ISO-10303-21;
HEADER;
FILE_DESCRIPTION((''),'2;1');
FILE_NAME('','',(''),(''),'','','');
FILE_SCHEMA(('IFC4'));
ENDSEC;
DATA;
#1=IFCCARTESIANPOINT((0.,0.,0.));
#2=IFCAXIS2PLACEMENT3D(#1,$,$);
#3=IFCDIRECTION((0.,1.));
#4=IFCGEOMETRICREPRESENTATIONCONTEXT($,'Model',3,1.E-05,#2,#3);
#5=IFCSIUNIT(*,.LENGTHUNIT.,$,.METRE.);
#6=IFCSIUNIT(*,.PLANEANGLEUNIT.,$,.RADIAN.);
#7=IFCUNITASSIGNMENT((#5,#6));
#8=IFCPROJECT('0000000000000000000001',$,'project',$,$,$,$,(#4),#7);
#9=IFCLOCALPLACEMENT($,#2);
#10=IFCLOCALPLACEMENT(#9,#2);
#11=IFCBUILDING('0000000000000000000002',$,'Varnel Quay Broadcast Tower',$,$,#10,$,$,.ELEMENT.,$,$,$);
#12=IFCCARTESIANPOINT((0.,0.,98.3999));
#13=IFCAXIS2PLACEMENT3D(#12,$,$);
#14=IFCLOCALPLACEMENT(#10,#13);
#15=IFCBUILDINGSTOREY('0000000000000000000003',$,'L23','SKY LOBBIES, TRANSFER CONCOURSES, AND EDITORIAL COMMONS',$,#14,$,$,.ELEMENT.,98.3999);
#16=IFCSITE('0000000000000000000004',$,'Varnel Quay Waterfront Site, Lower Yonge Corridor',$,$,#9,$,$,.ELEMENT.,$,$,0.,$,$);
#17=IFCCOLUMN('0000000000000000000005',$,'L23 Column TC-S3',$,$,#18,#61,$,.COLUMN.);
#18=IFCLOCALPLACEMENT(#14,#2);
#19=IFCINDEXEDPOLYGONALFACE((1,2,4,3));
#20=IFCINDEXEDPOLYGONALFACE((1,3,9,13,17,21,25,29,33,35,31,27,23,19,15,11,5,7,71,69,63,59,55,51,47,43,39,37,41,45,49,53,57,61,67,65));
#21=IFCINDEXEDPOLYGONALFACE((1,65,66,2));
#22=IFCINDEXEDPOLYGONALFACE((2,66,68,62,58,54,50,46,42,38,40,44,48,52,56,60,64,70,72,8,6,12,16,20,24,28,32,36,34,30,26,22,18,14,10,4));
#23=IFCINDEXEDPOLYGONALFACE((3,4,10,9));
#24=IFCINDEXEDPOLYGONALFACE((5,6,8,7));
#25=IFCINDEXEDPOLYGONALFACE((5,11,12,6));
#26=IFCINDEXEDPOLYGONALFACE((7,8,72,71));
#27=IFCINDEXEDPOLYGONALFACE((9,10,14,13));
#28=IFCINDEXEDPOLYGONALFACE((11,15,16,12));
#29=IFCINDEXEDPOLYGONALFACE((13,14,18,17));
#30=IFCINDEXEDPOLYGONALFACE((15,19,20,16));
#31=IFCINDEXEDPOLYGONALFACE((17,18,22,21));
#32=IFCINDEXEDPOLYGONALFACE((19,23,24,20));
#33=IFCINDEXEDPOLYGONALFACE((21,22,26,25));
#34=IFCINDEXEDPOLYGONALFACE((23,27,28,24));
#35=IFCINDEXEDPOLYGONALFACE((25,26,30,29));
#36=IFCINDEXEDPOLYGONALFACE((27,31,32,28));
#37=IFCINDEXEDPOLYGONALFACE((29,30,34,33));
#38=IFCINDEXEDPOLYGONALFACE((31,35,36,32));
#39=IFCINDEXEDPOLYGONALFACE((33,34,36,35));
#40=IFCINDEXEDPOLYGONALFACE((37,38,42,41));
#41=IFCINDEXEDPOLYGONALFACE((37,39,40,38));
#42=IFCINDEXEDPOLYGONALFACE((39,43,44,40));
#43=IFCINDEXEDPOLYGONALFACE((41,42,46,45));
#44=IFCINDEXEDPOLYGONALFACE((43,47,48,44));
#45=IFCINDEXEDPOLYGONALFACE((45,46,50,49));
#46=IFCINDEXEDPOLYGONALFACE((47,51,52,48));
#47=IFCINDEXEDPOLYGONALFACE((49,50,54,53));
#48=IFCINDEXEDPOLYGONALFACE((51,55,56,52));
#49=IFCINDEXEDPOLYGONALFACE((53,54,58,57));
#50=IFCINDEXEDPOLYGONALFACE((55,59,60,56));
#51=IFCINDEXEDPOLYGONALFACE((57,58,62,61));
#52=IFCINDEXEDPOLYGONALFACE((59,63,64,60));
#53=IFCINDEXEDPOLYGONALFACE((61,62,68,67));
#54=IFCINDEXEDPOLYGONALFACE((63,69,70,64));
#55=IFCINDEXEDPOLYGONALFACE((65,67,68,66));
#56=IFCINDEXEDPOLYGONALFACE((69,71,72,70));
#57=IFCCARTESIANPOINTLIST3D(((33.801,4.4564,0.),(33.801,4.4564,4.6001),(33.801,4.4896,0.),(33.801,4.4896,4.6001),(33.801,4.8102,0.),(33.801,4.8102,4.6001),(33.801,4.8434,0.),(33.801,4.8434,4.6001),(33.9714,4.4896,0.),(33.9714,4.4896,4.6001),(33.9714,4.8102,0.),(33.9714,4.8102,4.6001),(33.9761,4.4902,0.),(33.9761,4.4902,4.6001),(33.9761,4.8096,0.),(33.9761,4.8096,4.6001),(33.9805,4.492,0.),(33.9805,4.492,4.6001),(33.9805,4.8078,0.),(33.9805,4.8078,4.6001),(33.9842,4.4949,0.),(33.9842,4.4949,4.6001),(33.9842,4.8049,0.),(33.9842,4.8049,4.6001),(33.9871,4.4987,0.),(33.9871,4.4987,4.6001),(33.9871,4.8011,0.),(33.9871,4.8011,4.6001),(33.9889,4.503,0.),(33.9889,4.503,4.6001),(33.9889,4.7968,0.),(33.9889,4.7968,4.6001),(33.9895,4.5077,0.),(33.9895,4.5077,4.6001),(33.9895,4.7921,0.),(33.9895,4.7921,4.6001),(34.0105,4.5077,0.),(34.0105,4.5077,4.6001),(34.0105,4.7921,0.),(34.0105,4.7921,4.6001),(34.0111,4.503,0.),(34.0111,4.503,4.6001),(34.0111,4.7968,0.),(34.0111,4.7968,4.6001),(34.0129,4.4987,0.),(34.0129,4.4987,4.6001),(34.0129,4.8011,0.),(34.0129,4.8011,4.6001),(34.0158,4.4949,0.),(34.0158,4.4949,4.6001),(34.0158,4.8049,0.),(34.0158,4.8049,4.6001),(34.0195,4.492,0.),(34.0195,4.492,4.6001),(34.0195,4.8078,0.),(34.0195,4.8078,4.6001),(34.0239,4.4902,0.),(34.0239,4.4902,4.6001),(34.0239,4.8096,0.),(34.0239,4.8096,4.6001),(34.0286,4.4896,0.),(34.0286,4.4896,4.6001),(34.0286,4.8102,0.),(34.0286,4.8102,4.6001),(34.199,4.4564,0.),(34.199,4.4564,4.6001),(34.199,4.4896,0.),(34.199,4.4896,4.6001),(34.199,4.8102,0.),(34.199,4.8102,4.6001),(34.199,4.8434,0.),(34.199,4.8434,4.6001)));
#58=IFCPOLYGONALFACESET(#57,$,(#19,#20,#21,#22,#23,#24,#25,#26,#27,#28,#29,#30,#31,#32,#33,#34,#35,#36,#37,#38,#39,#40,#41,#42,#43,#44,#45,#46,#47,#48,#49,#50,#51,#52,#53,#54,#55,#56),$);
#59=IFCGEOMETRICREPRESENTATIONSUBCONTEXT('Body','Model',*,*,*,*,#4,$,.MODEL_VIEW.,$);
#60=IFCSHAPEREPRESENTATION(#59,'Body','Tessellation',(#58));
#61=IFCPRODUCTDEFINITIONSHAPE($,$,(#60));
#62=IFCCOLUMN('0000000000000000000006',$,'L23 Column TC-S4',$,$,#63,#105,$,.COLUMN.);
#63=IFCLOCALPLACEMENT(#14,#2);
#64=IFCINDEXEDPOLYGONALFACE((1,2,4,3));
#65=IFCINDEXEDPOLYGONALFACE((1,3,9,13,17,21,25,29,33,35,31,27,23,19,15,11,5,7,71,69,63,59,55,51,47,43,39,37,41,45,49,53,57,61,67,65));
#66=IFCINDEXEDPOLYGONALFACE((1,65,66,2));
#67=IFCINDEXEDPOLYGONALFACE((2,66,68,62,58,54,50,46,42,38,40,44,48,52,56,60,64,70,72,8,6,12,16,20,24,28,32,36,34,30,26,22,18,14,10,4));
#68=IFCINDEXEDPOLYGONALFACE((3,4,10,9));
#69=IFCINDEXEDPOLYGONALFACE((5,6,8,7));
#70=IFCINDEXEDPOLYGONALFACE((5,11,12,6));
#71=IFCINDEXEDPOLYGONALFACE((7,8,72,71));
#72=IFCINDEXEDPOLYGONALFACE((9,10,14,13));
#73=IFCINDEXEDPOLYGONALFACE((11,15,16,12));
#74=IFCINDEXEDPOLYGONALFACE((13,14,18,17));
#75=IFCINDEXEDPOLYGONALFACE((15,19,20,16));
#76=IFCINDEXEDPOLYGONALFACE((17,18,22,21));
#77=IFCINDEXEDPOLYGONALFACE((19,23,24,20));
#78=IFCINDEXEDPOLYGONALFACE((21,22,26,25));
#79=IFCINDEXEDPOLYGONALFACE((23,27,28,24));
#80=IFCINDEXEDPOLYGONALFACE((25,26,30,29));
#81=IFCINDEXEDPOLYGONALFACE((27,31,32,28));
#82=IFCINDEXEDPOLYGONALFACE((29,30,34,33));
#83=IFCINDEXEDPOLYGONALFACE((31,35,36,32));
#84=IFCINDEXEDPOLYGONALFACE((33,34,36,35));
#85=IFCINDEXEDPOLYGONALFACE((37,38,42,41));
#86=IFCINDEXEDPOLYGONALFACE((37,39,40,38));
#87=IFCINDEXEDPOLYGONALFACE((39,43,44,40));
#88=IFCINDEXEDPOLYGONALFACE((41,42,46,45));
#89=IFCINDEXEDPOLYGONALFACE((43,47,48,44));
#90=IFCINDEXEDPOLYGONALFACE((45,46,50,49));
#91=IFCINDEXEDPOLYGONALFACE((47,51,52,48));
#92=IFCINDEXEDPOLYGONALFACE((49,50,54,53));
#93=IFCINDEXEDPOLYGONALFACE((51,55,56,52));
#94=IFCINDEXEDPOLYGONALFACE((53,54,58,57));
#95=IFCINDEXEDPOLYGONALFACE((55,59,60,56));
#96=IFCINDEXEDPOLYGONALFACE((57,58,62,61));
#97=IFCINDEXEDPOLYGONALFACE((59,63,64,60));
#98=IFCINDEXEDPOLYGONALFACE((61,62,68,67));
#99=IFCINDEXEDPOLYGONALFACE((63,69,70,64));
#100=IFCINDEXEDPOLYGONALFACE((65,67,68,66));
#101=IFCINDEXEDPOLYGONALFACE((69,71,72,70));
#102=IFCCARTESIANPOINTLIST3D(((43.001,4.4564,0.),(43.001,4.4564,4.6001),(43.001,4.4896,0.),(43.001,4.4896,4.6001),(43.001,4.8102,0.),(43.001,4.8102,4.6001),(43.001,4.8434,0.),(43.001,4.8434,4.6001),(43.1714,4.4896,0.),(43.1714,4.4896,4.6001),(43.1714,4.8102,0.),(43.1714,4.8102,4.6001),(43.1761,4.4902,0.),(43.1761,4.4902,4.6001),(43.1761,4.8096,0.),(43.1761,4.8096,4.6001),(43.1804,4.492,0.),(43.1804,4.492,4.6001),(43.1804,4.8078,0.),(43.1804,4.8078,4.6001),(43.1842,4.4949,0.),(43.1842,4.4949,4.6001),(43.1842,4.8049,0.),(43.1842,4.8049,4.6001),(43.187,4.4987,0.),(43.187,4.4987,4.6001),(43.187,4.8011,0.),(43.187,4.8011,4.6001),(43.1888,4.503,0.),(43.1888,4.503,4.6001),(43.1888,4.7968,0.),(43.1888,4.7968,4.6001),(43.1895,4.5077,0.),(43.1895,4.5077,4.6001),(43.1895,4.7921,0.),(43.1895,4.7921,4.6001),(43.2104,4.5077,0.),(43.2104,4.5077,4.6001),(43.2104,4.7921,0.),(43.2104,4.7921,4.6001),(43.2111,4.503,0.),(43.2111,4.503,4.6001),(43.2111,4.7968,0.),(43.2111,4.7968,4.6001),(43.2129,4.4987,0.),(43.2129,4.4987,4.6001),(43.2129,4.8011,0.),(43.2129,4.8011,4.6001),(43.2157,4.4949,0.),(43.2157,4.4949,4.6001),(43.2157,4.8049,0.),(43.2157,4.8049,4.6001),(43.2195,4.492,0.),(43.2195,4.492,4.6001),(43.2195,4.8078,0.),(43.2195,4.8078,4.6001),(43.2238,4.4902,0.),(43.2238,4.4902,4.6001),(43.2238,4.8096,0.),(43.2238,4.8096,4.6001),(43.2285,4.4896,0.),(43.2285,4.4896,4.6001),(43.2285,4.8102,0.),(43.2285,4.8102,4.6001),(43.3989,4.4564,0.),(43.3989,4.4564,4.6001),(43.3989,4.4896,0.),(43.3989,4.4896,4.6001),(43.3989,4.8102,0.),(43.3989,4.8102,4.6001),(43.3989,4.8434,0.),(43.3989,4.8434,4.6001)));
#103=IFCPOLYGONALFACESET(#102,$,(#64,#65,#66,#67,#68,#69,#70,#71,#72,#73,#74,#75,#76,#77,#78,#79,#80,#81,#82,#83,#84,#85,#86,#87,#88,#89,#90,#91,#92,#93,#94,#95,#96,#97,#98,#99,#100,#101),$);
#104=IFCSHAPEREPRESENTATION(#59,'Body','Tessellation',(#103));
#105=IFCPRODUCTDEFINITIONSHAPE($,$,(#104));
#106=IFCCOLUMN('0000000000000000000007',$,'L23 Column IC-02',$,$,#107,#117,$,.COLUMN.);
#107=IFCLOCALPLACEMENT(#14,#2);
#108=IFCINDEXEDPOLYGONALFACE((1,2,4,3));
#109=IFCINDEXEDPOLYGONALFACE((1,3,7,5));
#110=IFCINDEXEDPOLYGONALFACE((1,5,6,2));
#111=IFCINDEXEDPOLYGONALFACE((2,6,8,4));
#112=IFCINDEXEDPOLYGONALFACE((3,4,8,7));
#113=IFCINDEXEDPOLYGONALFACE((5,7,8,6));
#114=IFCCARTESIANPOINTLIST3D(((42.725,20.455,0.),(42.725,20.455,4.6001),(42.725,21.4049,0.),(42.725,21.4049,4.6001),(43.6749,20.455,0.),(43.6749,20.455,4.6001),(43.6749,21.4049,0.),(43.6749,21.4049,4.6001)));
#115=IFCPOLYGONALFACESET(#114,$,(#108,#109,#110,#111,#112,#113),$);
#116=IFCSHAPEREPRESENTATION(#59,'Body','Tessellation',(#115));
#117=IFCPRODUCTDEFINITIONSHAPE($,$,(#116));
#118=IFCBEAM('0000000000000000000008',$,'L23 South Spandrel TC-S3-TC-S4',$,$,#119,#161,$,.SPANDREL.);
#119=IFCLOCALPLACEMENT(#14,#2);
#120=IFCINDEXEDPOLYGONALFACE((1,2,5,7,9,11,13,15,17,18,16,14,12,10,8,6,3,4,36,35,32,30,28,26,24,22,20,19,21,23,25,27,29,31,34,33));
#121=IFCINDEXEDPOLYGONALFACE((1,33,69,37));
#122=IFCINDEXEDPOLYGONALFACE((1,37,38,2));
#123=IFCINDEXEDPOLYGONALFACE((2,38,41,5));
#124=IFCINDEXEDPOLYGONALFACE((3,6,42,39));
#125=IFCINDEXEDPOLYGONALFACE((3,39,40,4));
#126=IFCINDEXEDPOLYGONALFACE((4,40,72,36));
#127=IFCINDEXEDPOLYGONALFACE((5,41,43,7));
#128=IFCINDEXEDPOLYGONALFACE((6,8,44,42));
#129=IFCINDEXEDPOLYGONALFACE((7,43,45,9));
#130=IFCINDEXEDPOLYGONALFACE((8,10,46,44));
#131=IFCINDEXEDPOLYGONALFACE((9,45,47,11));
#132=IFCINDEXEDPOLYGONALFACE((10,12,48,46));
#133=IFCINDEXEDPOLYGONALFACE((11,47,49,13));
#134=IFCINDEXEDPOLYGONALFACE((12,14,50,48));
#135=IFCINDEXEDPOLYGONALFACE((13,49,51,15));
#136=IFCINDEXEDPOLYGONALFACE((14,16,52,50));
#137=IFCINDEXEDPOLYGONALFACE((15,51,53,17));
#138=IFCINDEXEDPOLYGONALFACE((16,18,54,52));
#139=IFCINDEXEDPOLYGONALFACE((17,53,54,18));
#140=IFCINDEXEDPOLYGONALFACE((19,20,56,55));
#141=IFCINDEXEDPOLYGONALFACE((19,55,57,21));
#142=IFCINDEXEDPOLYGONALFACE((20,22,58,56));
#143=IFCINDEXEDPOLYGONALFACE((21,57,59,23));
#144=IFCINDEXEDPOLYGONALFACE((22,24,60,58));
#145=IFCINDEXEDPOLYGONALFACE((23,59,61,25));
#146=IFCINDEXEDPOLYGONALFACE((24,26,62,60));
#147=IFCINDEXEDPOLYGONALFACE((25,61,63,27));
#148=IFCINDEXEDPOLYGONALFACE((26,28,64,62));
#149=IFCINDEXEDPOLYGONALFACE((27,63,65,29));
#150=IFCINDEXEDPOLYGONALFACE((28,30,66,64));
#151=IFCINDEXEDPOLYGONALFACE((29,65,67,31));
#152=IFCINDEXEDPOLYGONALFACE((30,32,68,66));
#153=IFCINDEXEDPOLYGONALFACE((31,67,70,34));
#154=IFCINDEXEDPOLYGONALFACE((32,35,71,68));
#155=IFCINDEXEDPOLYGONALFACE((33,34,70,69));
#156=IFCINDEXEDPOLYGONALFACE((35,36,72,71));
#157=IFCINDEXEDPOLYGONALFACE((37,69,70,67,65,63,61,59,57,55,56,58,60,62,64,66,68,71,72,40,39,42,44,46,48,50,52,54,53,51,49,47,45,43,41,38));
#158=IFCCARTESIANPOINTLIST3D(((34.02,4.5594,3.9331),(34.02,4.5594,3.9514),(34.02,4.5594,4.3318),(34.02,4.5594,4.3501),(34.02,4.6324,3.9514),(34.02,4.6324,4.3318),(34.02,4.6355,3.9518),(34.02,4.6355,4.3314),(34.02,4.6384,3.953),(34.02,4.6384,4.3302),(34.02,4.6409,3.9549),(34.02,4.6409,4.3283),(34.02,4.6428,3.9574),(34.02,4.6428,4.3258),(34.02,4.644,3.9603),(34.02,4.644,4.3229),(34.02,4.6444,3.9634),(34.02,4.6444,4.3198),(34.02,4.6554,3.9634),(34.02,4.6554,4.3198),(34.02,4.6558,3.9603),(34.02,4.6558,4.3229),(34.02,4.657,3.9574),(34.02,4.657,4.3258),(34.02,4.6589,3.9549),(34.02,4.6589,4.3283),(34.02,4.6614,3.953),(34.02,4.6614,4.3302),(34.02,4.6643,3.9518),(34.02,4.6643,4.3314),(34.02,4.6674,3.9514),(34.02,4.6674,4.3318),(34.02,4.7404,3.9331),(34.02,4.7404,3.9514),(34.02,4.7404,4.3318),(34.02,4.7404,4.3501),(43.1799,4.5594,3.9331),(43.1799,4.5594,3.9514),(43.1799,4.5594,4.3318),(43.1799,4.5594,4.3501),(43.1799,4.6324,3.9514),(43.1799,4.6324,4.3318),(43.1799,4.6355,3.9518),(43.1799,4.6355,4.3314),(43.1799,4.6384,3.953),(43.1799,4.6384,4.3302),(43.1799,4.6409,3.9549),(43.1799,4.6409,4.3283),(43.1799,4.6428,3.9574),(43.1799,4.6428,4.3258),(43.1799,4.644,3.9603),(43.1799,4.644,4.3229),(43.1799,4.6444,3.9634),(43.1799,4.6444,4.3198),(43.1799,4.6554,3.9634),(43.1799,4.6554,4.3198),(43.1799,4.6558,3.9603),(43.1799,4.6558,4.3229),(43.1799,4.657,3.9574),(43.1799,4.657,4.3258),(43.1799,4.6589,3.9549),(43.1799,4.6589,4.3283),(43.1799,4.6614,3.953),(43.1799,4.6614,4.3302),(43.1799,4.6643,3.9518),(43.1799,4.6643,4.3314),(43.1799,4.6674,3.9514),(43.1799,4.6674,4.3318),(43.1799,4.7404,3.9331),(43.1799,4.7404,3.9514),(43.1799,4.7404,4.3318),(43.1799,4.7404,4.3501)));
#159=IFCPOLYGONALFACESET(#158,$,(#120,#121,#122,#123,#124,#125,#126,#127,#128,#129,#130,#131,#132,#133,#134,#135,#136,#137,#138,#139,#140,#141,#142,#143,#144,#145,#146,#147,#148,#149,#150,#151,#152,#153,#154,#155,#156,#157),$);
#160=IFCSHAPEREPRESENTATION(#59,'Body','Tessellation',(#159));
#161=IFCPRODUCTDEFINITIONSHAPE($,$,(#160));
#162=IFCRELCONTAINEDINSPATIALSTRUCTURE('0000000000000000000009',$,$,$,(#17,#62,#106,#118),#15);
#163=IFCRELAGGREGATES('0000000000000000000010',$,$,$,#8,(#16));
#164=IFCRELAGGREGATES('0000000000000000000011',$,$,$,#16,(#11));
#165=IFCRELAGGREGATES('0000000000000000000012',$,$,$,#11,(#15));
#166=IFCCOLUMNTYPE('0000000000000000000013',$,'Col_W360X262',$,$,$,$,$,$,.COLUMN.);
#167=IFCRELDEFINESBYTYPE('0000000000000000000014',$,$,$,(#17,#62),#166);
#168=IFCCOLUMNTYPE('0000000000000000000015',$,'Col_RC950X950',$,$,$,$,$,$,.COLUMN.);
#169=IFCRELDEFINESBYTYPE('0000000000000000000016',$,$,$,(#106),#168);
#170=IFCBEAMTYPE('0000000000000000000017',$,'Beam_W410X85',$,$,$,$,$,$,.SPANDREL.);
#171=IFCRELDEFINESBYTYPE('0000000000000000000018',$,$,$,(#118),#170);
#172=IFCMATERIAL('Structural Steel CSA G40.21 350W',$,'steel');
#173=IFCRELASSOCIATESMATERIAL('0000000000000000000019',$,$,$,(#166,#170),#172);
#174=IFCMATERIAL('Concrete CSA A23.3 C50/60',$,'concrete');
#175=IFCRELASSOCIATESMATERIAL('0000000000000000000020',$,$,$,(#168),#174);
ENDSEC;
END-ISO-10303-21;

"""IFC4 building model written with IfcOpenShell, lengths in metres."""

from ifc_helpers import new_model, si_unit, direction, frame, origin, origin_2d, place, context, subcontext, project, spatial, rectangle, i_section, extrude, source, transform, mapped, material, material_profile, profile_set, type_object, type_shapes, element, save


model = new_model("IFC4")

# Units and contexts
model_context = context("Model", 3, precision=1e-05, world=origin(), true_north=direction((0.0, 1.0)))
body_context = subcontext(model_context, "Body", "Model", "MODEL_VIEW")
ifc_project = project(units=[si_unit("LENGTHUNIT", "METRE"), si_unit("PLANEANGLEUNIT", "RADIAN")], contexts=[model_context])

# Site, building, storey
site_placement = place(None, origin())
site = spatial("IfcSite", under=ifc_project, at=site_placement, Name="Varnel Quay Waterfront Site, Lower Yonge Corridor", CompositionType="ELEMENT", RefElevation=0.0)
building_placement = place(site_placement, origin())
building = spatial("IfcBuilding", under=site, at=building_placement, Name="Varnel Quay Broadcast Tower", CompositionType="ELEMENT")
storey_placement = place(building_placement, frame((0.0, 0.0, 98.3999)))
storey = spatial("IfcBuildingStorey", under=building, at=storey_placement, Name="L23", Description="SKY LOBBIES, TRANSFER CONCOURSES, AND EDITORIAL COMMONS", CompositionType="ELEMENT", Elevation=98.3999)

# Columns
ifc_material_1 = material(Name="Structural Steel CSA G40.21 350W", Category="steel")
ifc_material_profile_1 = material_profile(ifc_material_1, i_section(OverallWidth=0.3979, OverallDepth=0.387, WebThickness=0.021, FlangeThickness=0.0332, FilletRadius=0.0181, at=origin_2d()), Name="W360X262")
ifc_profile_set_1 = profile_set([ifc_material_profile_1], Name="Structural Steel CSA G40.21 350W")
column_type_1 = type_object("IfcColumnType", Name="Col_W360X262", PredefinedType="COLUMN", material=ifc_profile_set_1)
shared_shape_1 = source(origin(), body_context, "Body", "SweptSolid", [
    extrude(i_section(OverallWidth=0.3979, OverallDepth=0.387, WebThickness=0.021, FlangeThickness=0.0332, FilletRadius=0.0181, at=origin_2d()), origin(), (0.0, 0.0, 1.0), 4.6001),
])
type_shapes(column_type_1, [shared_shape_1])
for number, where, z_axis, x_axis, name in (
    (1, (34.0, 4.6499, 0.0), (0.0, 0.0, 1.0), (1.0, 0.0, 0.0), "L23 Column TC-S3"),
    (2, (43.2, 4.6499, 0.0), (0.0, 0.0, 1.0), (1.0, 0.0, 0.0), "L23 Column TC-S4"),
):
    element("IfcColumn", number, at=place(storey_placement, frame(where, z_axis=z_axis, x_axis=x_axis)), inside=storey, type_object=column_type_1, Name=name, PredefinedType="COLUMN", context=body_context, shape_type="MappedRepresentation", body=[
        mapped(shared_shape_1, transform((0.0, 0.0, 0.0), x_axis=(1.0, 0.0, 0.0), y_axis=(0.0, 1.0, 0.0), z_axis=(0.0, 0.0, 1.0), scale=1.0)),
    ])
ifc_material_2 = material(Name="Concrete CSA A23.3 C50/60", Category="concrete")
ifc_material_profile_2 = material_profile(ifc_material_2, rectangle(XDim=0.95, YDim=0.95, at=origin_2d()), Name="RC950X950")
ifc_profile_set_2 = profile_set([ifc_material_profile_2], Name="Concrete CSA A23.3 C50/60")
column_type_2 = type_object("IfcColumnType", Name="Col_RC950X950", PredefinedType="COLUMN", material=ifc_profile_set_2)
shared_shape_2 = source(origin(), body_context, "Body", "SweptSolid", [
    extrude(rectangle(XDim=0.95, YDim=0.95, at=origin_2d()), origin(), (0.0, 0.0, 1.0), 4.6001),
])
type_shapes(column_type_2, [shared_shape_2])
column_placement = place(storey_placement, frame((43.2, 20.9299, 0.0), z_axis=(0.0, 0.0, 1.0), x_axis=(1.0, 0.0, 0.0)))
element("IfcColumn", 3, at=column_placement, inside=storey, type_object=column_type_2, Name="L23 Column IC-02", PredefinedType="COLUMN", context=body_context, shape_type="MappedRepresentation", body=[
    mapped(shared_shape_2, transform((0.0, 0.0, 0.0), x_axis=(1.0, 0.0, 0.0), y_axis=(0.0, 1.0, 0.0), z_axis=(0.0, 0.0, 1.0), scale=1.0)),
])

# Beam
ifc_material_profile_3 = material_profile(ifc_material_1, i_section(OverallWidth=0.1809, OverallDepth=0.417, WebThickness=0.011, FlangeThickness=0.0183, FilletRadius=0.012, at=origin_2d()), Name="W410X85")
ifc_profile_set_3 = profile_set([ifc_material_profile_3], Name="Structural Steel CSA G40.21 350W")
beam_type_1 = type_object("IfcBeamType", Name="Beam_W410X85", PredefinedType="SPANDREL", material=ifc_profile_set_3)
shared_shape_3 = source(origin(), body_context, "Body", "SweptSolid", [
    extrude(i_section(OverallWidth=0.1809, OverallDepth=0.417, WebThickness=0.011, FlangeThickness=0.0183, FilletRadius=0.012, at=origin_2d()), origin(), (0.0, 0.0, 1.0), 9.1599),
])
type_shapes(beam_type_1, [shared_shape_3])
for number, where, z_axis, x_axis, name in (
    (4, (34.02, 4.6499, 4.1416), (1.0, 0.0, 0.0), (0.0, 1.0, 0.0), "L23 South Spandrel TC-S3-TC-S4"),
):
    element("IfcBeam", number, at=place(storey_placement, frame(where, z_axis=z_axis, x_axis=x_axis)), inside=storey, type_object=beam_type_1, Name=name, PredefinedType="SPANDREL", context=body_context, shape_type="MappedRepresentation", body=[
        mapped(shared_shape_3, transform((0.0, 0.0, 0.0), x_axis=(1.0, 0.0, 0.0), y_axis=(0.0, 1.0, 0.0), z_axis=(0.0, 0.0, 1.0), scale=1.0)),
    ])

save(model, "model.ifc")
